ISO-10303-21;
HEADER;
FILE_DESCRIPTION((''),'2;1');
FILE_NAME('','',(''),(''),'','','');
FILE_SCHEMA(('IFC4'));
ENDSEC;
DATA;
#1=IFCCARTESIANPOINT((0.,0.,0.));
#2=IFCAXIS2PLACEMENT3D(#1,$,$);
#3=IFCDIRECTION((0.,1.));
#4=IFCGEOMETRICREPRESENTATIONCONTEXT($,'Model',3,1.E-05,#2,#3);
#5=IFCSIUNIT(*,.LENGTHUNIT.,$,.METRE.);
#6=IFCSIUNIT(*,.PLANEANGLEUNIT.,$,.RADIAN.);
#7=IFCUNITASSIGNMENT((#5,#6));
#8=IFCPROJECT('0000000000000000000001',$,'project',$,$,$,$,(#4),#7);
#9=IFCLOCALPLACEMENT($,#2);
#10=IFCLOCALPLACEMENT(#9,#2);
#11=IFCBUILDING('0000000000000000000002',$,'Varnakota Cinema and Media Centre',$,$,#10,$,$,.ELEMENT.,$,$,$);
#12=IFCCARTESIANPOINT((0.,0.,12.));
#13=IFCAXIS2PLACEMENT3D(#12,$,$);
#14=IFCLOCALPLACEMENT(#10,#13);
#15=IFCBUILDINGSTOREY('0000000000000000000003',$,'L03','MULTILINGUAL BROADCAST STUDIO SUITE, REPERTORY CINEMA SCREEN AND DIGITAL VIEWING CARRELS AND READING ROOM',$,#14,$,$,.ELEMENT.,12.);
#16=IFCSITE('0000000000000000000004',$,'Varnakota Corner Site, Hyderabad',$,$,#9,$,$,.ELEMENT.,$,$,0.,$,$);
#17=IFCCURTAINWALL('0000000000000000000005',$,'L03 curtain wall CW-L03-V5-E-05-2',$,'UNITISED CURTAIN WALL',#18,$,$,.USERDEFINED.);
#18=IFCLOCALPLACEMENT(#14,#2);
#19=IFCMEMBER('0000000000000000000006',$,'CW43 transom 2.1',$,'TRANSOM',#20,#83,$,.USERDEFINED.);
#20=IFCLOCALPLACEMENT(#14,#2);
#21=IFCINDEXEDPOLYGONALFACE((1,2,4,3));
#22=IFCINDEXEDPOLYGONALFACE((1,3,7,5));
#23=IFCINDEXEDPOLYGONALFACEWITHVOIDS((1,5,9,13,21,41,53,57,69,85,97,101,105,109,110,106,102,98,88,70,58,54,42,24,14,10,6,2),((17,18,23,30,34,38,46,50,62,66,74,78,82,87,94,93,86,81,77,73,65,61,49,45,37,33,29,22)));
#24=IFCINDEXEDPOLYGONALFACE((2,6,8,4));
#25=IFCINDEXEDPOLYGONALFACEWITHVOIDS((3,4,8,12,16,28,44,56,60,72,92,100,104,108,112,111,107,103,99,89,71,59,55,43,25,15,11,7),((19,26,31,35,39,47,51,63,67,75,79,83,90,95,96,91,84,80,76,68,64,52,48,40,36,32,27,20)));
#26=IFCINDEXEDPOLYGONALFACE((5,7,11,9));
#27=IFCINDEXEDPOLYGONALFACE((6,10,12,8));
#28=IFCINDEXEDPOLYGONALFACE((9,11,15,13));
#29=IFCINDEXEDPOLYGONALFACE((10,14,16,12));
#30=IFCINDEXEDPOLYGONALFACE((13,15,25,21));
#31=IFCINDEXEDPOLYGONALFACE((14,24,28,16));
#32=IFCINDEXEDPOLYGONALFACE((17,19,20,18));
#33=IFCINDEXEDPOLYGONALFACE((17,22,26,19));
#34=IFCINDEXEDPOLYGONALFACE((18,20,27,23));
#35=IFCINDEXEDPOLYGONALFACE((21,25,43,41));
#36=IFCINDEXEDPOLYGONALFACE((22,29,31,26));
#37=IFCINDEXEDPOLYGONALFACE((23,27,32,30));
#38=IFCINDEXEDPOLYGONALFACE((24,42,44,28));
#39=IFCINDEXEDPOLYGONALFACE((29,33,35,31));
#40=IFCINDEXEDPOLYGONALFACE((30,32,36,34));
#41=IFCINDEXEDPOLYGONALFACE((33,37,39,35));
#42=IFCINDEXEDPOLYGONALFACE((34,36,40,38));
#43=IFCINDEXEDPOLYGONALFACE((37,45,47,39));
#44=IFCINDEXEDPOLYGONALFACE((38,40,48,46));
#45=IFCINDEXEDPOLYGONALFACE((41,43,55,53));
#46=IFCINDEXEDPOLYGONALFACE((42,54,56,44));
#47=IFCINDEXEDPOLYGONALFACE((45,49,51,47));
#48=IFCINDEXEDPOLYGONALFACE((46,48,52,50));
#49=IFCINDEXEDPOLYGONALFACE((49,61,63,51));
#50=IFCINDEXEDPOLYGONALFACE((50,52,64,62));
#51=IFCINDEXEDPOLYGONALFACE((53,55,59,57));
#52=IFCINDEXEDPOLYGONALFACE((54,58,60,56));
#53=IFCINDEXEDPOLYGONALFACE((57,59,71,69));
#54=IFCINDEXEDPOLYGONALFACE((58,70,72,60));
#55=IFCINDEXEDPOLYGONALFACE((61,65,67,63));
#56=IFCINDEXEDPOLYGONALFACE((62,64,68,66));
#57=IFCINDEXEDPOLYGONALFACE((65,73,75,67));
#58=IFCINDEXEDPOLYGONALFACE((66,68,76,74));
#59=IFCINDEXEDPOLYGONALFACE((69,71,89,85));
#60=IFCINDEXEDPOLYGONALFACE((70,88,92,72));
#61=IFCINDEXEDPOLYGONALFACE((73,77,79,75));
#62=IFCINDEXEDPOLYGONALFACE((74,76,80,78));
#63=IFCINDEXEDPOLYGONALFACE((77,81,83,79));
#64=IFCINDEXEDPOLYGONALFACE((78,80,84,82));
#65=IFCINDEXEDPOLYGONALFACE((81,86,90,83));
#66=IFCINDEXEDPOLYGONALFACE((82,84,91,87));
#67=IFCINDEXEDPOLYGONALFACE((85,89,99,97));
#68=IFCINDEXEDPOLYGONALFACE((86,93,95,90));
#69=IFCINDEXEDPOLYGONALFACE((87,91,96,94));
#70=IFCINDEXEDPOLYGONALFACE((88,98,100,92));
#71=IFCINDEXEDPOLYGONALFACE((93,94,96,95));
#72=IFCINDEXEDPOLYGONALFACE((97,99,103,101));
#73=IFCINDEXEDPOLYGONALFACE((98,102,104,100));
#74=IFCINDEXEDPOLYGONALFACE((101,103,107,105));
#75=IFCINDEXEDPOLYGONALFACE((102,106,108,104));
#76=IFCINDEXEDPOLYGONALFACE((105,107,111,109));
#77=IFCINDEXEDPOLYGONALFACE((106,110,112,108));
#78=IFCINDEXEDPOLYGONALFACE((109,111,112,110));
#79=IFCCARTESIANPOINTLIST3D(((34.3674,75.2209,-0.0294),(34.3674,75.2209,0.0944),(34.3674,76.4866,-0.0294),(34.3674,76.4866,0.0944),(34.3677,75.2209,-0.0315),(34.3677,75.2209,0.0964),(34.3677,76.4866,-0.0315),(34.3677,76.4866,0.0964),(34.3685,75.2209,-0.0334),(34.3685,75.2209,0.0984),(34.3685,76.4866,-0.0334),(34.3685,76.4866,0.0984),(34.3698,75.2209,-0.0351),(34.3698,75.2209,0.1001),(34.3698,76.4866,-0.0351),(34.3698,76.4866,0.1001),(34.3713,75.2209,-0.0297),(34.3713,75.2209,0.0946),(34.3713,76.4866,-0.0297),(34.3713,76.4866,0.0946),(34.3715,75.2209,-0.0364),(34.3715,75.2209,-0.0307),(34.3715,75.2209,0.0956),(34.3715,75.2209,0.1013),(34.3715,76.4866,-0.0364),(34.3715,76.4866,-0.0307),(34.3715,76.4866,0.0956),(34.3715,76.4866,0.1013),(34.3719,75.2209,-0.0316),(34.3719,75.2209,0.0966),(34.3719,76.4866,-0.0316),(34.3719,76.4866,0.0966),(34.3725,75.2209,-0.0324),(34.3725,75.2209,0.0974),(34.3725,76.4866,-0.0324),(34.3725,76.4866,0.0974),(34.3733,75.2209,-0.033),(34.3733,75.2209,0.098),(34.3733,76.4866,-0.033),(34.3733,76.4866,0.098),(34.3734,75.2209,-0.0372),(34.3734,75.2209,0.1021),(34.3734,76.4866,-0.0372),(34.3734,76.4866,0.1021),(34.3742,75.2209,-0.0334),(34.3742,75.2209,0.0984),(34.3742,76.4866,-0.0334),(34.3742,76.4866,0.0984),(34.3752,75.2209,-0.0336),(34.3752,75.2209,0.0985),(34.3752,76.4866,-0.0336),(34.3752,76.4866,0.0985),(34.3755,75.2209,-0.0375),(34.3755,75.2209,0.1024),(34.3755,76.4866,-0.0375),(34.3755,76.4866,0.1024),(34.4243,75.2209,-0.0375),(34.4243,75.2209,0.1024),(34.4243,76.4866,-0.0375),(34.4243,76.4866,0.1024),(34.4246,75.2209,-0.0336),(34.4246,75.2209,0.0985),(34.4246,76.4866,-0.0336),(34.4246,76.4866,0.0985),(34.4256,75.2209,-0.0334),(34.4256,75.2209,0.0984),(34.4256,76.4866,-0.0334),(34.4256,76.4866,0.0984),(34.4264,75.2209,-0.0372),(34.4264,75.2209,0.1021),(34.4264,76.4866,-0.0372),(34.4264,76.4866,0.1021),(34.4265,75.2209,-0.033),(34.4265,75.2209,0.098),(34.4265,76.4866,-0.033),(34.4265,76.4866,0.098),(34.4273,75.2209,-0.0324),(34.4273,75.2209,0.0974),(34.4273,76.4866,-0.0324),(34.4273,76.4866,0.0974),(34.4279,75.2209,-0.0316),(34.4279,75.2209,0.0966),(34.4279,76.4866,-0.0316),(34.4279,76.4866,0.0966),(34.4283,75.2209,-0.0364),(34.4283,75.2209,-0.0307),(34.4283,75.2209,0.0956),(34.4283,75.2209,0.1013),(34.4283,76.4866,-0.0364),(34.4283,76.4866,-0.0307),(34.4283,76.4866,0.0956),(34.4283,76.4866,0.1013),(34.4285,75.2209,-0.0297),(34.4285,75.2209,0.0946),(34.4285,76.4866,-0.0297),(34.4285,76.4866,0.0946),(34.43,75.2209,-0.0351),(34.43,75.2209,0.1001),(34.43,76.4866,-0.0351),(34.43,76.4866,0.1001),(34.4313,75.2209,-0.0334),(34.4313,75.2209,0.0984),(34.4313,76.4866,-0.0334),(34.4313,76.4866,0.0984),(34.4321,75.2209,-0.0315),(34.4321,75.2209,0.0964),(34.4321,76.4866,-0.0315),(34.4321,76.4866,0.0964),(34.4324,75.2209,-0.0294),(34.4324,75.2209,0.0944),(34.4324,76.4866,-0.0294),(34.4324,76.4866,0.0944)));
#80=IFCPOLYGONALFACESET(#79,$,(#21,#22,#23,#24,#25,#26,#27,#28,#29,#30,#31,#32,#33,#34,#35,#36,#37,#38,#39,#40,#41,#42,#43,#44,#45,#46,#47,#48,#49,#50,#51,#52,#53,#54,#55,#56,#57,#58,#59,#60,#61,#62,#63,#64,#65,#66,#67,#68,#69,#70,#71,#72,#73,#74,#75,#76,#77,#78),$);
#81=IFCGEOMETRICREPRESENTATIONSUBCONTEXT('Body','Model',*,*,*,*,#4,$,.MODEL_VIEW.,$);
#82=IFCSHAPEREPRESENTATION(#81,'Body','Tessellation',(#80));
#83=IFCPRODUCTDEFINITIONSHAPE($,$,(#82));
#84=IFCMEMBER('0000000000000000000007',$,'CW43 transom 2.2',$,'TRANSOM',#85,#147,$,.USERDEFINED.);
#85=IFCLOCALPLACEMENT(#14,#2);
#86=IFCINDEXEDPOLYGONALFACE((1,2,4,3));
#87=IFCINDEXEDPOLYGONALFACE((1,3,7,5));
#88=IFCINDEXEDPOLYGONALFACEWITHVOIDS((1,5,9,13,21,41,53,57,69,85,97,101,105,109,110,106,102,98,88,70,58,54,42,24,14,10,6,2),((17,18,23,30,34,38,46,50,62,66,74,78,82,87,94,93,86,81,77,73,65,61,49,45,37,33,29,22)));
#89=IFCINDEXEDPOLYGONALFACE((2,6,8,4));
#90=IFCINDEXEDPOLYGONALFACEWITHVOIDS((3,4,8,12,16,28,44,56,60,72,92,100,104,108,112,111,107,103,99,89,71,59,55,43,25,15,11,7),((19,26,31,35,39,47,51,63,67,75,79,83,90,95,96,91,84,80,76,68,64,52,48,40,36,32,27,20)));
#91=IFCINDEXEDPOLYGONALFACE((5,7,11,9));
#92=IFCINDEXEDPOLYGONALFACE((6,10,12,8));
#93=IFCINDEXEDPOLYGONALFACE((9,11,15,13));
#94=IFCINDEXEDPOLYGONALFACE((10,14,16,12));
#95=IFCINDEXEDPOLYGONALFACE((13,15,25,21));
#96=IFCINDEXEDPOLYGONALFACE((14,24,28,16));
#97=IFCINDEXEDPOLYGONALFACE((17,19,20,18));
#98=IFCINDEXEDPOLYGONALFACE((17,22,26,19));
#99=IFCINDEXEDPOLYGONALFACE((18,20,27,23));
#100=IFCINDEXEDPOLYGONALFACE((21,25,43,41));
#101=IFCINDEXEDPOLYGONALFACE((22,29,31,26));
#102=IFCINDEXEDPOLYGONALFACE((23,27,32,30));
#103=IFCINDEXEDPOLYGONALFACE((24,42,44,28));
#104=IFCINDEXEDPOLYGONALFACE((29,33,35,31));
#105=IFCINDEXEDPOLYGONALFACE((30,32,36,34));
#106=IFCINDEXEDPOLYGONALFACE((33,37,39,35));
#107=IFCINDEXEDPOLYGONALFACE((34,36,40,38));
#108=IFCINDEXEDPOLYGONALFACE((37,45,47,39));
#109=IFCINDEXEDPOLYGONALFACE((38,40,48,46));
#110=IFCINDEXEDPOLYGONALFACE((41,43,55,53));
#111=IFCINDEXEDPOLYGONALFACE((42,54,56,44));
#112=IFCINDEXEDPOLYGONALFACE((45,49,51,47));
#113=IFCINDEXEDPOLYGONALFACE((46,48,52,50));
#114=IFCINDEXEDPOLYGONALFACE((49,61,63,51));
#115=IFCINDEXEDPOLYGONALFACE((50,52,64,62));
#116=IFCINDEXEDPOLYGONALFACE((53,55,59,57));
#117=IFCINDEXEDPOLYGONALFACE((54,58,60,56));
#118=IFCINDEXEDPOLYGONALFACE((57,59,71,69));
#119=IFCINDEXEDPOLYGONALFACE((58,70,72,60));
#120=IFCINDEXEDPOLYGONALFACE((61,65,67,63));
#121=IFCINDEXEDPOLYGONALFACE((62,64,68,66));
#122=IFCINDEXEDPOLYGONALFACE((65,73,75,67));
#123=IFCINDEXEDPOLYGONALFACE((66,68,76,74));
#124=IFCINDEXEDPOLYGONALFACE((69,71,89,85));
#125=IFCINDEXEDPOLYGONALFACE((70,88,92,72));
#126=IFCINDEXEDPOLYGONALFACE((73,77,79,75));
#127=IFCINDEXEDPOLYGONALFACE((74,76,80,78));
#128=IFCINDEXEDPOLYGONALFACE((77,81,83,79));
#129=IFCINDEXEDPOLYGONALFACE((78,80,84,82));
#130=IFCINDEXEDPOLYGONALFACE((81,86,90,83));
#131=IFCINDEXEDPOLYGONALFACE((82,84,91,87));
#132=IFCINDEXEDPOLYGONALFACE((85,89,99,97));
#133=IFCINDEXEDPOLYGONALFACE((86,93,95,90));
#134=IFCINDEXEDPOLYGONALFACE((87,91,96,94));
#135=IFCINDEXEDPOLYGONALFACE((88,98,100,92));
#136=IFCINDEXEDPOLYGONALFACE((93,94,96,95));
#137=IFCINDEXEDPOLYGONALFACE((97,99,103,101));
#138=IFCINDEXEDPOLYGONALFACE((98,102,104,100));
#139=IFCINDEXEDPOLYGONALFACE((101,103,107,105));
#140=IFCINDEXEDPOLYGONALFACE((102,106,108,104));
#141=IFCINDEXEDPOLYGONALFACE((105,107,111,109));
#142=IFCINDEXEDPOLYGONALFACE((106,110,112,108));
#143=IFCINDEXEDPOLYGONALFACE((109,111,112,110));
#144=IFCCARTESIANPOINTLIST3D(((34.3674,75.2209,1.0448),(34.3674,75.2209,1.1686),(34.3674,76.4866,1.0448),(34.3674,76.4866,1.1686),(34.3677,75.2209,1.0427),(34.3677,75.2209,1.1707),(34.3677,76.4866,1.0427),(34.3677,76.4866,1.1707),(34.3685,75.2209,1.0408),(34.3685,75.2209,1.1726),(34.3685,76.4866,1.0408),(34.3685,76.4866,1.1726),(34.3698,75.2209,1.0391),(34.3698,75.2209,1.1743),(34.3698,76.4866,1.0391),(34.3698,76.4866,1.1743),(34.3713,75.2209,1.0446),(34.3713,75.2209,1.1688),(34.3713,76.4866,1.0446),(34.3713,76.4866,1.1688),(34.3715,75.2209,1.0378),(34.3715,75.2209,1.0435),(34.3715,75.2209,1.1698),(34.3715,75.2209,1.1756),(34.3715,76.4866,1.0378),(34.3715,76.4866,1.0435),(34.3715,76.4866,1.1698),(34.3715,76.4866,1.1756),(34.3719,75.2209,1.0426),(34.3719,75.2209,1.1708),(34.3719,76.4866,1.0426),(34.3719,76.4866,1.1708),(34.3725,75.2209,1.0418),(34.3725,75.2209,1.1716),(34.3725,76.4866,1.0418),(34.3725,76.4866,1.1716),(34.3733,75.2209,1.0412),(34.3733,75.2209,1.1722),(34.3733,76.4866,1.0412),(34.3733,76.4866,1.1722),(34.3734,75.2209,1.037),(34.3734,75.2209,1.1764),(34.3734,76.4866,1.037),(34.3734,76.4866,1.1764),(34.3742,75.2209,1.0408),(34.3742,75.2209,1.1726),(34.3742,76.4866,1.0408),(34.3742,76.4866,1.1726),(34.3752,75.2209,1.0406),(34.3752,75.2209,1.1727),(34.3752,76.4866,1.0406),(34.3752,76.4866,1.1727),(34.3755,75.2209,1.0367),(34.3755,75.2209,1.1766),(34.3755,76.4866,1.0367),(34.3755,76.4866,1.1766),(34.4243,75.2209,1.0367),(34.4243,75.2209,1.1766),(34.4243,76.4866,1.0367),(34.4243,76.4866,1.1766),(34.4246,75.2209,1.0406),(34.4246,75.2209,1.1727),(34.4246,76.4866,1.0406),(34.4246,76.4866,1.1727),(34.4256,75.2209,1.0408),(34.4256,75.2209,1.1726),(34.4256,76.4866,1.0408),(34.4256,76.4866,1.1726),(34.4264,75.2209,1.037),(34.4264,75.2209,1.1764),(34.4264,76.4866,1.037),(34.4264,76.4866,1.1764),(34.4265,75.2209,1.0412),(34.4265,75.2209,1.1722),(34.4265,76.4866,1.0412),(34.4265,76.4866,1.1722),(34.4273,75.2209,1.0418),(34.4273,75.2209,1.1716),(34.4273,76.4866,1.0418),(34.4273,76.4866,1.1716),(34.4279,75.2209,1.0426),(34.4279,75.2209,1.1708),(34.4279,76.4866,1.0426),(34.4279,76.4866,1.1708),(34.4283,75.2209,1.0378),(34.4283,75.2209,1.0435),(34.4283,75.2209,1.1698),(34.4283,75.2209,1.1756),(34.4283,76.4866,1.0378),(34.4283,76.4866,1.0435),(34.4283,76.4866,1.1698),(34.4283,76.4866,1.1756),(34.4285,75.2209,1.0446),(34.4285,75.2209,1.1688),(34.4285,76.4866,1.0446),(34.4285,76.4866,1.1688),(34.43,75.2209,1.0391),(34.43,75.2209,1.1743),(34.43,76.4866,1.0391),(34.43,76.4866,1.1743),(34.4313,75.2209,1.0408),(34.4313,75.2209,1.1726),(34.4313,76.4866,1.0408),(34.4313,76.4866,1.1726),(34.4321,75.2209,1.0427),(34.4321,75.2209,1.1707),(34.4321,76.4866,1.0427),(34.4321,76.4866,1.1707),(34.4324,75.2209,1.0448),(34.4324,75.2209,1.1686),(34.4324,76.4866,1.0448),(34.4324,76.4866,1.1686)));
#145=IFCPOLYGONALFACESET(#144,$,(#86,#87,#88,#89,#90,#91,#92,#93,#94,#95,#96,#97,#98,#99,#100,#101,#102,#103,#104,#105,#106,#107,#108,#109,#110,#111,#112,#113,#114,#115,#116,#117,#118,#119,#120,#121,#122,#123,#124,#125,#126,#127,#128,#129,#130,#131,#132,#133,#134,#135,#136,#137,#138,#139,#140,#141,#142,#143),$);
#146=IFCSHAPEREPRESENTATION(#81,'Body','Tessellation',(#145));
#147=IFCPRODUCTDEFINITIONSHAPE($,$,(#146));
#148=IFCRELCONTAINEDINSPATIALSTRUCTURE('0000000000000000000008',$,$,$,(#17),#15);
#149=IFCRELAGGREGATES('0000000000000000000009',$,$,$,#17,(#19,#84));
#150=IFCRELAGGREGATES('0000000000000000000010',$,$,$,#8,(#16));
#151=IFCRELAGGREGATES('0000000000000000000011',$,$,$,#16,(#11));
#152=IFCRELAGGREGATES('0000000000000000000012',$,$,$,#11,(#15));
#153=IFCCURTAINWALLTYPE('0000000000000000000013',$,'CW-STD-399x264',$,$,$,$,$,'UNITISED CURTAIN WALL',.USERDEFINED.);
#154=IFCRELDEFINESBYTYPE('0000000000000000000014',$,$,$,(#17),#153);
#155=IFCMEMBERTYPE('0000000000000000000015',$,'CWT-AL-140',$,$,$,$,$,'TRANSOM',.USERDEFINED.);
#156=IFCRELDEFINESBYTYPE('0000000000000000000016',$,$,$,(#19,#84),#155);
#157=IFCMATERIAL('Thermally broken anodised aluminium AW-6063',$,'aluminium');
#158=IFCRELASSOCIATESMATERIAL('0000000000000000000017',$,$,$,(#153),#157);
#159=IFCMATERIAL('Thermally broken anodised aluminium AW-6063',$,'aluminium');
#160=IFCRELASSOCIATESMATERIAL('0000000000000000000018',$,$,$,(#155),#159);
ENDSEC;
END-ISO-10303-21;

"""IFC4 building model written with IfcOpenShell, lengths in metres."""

from ifc_helpers import new_model, si_unit, direction, frame, origin, origin_2d, place, context, subcontext, project, spatial, hollow_rectangle, extrude, material, material_profile, profile_set, type_object, element, aggregate, save


model = new_model("IFC4")

# Units and contexts
model_context = context("Model", 3, precision=1e-05, world=origin(), true_north=direction((0.0, 1.0)))
body_context = subcontext(model_context, "Body", "Model", "MODEL_VIEW")
ifc_project = project(units=[si_unit("LENGTHUNIT", "METRE"), si_unit("PLANEANGLEUNIT", "RADIAN")], contexts=[model_context])

# Site, building, storey
site_placement = place(None, origin())
site = spatial("IfcSite", under=ifc_project, at=site_placement, Name="Varnakota Corner Site, Hyderabad", CompositionType="ELEMENT", RefElevation=0.0)
building_placement = place(site_placement, origin())
building = spatial("IfcBuilding", under=site, at=building_placement, Name="Varnakota Cinema and Media Centre", CompositionType="ELEMENT")
storey_placement = place(building_placement, frame((0.0, 0.0, 12.0)))
storey = spatial("IfcBuildingStorey", under=building, at=storey_placement, Name="L03", Description="MULTILINGUAL BROADCAST STUDIO SUITE, REPERTORY CINEMA SCREEN AND DIGITAL VIEWING CARRELS AND READING ROOM", CompositionType="ELEMENT", Elevation=12.0)

# Curtain wall, members
ifc_material_1 = material(Name="Thermally broken anodised aluminium AW-6063", Category="aluminium")
curtain_wall_type = type_object("IfcCurtainWallType", Name="CW-STD-399x264", ElementType="UNITISED CURTAIN WALL", PredefinedType="USERDEFINED", material=ifc_material_1)
curtain_wall_placement = place(storey_placement, origin())
curtain_wall = element("IfcCurtainWall", 1, at=curtain_wall_placement, inside=storey, type_object=curtain_wall_type, Name="L03 curtain wall CW-L03-V5-E-05-2", ObjectType="UNITISED CURTAIN WALL", PredefinedType="USERDEFINED")
ifc_material_2 = material(Name="Thermally broken anodised aluminium AW-6063", Category="aluminium")
ifc_material_profile_1 = material_profile(ifc_material_2, hollow_rectangle(XDim=0.0649, YDim=0.1399, WallThickness=0.0039, InnerFilletRadius=0.0039, OuterFilletRadius=0.0081, at=origin_2d()), Name="AL-TRANSOM 140x65x4")
ifc_profile_set_1 = profile_set([ifc_material_profile_1], Name="Thermally broken anodised aluminium AW-6063")
member_type_1 = type_object("IfcMemberType", Name="CWT-AL-140", ElementType="TRANSOM", PredefinedType="USERDEFINED", material=ifc_profile_set_1)
member_1_placement = place(storey_placement, frame((34.3999, 75.2209, 0.0325), z_axis=(0.0, 1.0, 0.0), x_axis=(-1.0, 0.0, 0.0)))
member_1 = element("IfcMember", 2, at=member_1_placement, type_object=member_type_1, Name="CW43 transom 2.1", ObjectType="TRANSOM", PredefinedType="USERDEFINED", context=body_context, shape_type="SweptSolid", body=[
    extrude(hollow_rectangle(XDim=0.0649, YDim=0.1399, WallThickness=0.0039, InnerFilletRadius=0.0039, OuterFilletRadius=0.0081, at=origin_2d()), origin(), (0.0, 0.0, 1.0), 1.2656),
])
member_2_placement = place(storey_placement, frame((34.3999, 75.2209, 1.1067), z_axis=(0.0, 1.0, 0.0), x_axis=(-1.0, 0.0, 0.0)))
member_2 = element("IfcMember", 3, at=member_2_placement, type_object=member_type_1, Name="CW43 transom 2.2", ObjectType="TRANSOM", PredefinedType="USERDEFINED", context=body_context, shape_type="SweptSolid", body=[
    extrude(hollow_rectangle(XDim=0.0649, YDim=0.1399, WallThickness=0.0039, InnerFilletRadius=0.0039, OuterFilletRadius=0.0081, at=origin_2d()), origin(), (0.0, 0.0, 1.0), 1.2656),
])
aggregate(curtain_wall, [member_1, member_2])

save(model, "model.ifc")
